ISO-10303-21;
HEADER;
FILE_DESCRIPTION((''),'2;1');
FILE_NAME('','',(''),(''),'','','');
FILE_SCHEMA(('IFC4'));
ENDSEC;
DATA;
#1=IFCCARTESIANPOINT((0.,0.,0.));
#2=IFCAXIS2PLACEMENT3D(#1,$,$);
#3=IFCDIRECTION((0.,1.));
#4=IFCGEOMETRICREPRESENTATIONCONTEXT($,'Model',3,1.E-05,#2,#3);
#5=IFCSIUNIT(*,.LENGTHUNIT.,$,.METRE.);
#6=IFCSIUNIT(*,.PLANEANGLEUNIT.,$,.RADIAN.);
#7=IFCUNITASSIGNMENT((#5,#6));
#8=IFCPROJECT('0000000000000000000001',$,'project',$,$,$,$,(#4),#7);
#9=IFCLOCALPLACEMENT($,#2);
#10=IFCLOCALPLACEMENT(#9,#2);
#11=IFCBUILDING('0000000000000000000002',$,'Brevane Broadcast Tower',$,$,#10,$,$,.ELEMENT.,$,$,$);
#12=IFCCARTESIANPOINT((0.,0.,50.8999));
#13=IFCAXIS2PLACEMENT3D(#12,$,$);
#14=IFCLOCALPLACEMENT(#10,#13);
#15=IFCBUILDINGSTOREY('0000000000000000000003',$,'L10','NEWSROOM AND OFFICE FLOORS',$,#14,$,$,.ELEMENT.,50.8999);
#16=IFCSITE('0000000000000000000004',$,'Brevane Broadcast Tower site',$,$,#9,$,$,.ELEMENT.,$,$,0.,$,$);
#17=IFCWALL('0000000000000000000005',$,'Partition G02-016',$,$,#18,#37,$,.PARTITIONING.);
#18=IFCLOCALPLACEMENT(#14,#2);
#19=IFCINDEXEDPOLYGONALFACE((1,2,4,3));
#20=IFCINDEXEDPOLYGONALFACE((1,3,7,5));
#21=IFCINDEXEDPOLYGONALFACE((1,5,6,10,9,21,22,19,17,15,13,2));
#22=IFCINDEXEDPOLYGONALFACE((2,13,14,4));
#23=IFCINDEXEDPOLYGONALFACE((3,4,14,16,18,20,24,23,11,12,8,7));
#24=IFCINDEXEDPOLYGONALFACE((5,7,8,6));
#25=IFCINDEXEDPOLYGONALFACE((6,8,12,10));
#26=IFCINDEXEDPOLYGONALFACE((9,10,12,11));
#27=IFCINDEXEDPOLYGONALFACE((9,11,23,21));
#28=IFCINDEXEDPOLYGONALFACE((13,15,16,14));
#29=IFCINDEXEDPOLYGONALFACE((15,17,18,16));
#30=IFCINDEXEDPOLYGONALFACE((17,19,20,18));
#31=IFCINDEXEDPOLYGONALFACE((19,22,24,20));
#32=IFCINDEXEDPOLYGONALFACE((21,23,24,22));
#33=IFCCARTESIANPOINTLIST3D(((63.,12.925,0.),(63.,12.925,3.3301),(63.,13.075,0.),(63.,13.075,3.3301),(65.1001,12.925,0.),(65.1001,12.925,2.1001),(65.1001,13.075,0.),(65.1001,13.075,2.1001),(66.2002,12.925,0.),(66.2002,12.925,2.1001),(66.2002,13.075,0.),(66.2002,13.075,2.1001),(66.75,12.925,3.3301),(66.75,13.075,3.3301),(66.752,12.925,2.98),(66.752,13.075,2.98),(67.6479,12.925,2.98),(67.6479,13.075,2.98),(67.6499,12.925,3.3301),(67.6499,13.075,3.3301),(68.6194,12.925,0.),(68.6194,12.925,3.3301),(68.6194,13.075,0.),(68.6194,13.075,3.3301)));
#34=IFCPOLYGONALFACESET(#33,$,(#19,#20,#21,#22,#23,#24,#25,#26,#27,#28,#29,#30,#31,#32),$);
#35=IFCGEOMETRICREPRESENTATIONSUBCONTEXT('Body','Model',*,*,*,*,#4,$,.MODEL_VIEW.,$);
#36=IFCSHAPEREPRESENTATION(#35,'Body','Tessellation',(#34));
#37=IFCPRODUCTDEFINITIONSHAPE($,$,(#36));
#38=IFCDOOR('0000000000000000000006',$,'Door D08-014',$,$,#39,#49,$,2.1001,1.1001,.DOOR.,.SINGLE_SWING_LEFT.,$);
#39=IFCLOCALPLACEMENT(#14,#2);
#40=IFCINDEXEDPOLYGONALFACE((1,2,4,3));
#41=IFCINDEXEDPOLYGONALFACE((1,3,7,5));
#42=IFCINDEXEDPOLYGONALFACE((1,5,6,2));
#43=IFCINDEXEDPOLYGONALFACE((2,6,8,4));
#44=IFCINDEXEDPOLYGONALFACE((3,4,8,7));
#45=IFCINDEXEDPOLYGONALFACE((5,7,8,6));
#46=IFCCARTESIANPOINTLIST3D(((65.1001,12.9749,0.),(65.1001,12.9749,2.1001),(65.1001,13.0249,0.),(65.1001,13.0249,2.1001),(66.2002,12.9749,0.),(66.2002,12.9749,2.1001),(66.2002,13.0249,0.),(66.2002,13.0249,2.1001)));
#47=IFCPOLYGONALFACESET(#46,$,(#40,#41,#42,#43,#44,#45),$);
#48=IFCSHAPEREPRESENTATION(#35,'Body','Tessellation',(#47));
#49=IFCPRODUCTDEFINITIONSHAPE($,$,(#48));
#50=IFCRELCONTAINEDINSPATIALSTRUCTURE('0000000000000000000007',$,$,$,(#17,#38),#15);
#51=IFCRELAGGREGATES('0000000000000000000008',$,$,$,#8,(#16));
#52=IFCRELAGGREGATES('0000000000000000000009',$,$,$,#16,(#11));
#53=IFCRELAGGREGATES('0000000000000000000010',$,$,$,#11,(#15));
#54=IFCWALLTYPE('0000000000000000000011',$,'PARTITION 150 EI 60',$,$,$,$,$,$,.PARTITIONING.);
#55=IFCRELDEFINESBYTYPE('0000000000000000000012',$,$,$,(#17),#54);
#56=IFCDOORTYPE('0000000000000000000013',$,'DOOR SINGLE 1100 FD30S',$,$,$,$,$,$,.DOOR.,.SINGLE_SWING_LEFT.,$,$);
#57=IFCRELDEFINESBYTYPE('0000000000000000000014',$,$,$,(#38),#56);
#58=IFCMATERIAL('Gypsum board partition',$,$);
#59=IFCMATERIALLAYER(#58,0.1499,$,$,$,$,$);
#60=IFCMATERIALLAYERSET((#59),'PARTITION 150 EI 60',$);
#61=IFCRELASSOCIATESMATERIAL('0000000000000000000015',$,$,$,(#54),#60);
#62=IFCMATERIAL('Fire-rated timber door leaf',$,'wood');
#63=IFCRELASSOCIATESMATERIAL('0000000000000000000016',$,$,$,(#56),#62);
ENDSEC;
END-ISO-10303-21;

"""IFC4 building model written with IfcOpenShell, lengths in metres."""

from ifc_helpers import new_model, si_unit, direction, frame, frame_2d, origin, place, context, subcontext, project, spatial, polyline, rectangle, outline, extrude, material, layer, layer_set, type_object, element, fill, save


model = new_model("IFC4")

# Units and contexts
model_context = context("Model", 3, precision=1e-05, world=origin(), true_north=direction((0.0, 1.0)))
body_context = subcontext(model_context, "Body", "Model", "MODEL_VIEW")
ifc_project = project(units=[si_unit("LENGTHUNIT", "METRE"), si_unit("PLANEANGLEUNIT", "RADIAN")], contexts=[model_context])

# Site, building, storey
site_placement = place(None, origin())
site = spatial("IfcSite", under=ifc_project, at=site_placement, Name="Brevane Broadcast Tower site", CompositionType="ELEMENT", RefElevation=0.0)
building_placement = place(site_placement, origin())
building = spatial("IfcBuilding", under=site, at=building_placement, Name="Brevane Broadcast Tower", CompositionType="ELEMENT")
storey_placement = place(building_placement, frame((0.0, 0.0, 50.8999)))
storey = spatial("IfcBuildingStorey", under=building, at=storey_placement, Name="L10", Description="NEWSROOM AND OFFICE FLOORS", CompositionType="ELEMENT", Elevation=50.8999)

# Shared definitions
ifc_material_1 = material(Name="Gypsum board partition")
ifc_layer_1 = layer(ifc_material_1, 0.1499)
ifc_layer_set_1 = layer_set([ifc_layer_1], Name="PARTITION 150 EI 60")
wall_type_1 = type_object("IfcWallType", Name="PARTITION 150 EI 60", PredefinedType="PARTITIONING", material=ifc_layer_set_1)

# Wall, opening, door
ifc_material_2 = material(Name="Fire-rated timber door leaf", Category="wood")
wall_1_placement = place(storey_placement, frame((63.0, 13.0, 0.0), z_axis=(0.0, 0.0, 1.0), x_axis=(1.0, 0.0, 0.0)))
wall_1 = element("IfcWall", 1, at=wall_1_placement, inside=storey, type_object=wall_type_1, Name="Partition G02-016", PredefinedType="PARTITIONING", context=body_context, shape_type="SweptSolid", body=[
    extrude(outline(polyline([(0.0, 0.0), (5.6194, 0.0), (5.6194, 3.3301), (5.28, 3.3301), (4.6499, 3.3301), (4.6479, 2.98), (3.752, 2.98), (3.75, 3.3301), (0.0, 3.3301), (0.0, 0.0)])), frame((0.0, 0.075, 0.0), z_axis=(0.0, -1.0, 0.0), x_axis=(1.0, 0.0, 0.0)), (0.0, 0.0, 1.0), 0.1499),
])
opening_1_placement = place(wall_1_placement, frame((2.1001, 0.0, 0.0)))
opening_1 = element("IfcOpeningElement", 2, at=opening_1_placement, cuts=wall_1, PredefinedType="OPENING", context=body_context, shape_type="SweptSolid", body=[
    extrude(rectangle(XDim=1.1001, YDim=2.1001, at=frame_2d((0.55, 1.05))), frame((0.0, 0.085, 0.0), z_axis=(0.0, -1.0, 0.0), x_axis=(1.0, 0.0, 0.0)), (0.0, 0.0, 1.0), 0.1699),
])
door_type_1 = type_object("IfcDoorType", Name="DOOR SINGLE 1100 FD30S", OperationType="SINGLE_SWING_LEFT", PredefinedType="DOOR", material=ifc_material_2)
door_1_placement = place(opening_1_placement, origin())
door_1 = element("IfcDoor", 3, at=door_1_placement, inside=storey, type_object=door_type_1, Name="Door D08-014", OperationType="SINGLE_SWING_LEFT", OverallHeight=2.1001, OverallWidth=1.1001, PredefinedType="DOOR", context=body_context, shape_type="SweptSolid", body=[
    extrude(rectangle(XDim=1.1001, YDim=2.1001, at=frame_2d((0.55, 1.05))), frame((0.0, 0.0249, 0.0), z_axis=(0.0, -1.0, 0.0), x_axis=(1.0, 0.0, 0.0)), (0.0, 0.0, 1.0), 0.05),
])
fill(opening_1, door_1)

save(model, "model.ifc")
